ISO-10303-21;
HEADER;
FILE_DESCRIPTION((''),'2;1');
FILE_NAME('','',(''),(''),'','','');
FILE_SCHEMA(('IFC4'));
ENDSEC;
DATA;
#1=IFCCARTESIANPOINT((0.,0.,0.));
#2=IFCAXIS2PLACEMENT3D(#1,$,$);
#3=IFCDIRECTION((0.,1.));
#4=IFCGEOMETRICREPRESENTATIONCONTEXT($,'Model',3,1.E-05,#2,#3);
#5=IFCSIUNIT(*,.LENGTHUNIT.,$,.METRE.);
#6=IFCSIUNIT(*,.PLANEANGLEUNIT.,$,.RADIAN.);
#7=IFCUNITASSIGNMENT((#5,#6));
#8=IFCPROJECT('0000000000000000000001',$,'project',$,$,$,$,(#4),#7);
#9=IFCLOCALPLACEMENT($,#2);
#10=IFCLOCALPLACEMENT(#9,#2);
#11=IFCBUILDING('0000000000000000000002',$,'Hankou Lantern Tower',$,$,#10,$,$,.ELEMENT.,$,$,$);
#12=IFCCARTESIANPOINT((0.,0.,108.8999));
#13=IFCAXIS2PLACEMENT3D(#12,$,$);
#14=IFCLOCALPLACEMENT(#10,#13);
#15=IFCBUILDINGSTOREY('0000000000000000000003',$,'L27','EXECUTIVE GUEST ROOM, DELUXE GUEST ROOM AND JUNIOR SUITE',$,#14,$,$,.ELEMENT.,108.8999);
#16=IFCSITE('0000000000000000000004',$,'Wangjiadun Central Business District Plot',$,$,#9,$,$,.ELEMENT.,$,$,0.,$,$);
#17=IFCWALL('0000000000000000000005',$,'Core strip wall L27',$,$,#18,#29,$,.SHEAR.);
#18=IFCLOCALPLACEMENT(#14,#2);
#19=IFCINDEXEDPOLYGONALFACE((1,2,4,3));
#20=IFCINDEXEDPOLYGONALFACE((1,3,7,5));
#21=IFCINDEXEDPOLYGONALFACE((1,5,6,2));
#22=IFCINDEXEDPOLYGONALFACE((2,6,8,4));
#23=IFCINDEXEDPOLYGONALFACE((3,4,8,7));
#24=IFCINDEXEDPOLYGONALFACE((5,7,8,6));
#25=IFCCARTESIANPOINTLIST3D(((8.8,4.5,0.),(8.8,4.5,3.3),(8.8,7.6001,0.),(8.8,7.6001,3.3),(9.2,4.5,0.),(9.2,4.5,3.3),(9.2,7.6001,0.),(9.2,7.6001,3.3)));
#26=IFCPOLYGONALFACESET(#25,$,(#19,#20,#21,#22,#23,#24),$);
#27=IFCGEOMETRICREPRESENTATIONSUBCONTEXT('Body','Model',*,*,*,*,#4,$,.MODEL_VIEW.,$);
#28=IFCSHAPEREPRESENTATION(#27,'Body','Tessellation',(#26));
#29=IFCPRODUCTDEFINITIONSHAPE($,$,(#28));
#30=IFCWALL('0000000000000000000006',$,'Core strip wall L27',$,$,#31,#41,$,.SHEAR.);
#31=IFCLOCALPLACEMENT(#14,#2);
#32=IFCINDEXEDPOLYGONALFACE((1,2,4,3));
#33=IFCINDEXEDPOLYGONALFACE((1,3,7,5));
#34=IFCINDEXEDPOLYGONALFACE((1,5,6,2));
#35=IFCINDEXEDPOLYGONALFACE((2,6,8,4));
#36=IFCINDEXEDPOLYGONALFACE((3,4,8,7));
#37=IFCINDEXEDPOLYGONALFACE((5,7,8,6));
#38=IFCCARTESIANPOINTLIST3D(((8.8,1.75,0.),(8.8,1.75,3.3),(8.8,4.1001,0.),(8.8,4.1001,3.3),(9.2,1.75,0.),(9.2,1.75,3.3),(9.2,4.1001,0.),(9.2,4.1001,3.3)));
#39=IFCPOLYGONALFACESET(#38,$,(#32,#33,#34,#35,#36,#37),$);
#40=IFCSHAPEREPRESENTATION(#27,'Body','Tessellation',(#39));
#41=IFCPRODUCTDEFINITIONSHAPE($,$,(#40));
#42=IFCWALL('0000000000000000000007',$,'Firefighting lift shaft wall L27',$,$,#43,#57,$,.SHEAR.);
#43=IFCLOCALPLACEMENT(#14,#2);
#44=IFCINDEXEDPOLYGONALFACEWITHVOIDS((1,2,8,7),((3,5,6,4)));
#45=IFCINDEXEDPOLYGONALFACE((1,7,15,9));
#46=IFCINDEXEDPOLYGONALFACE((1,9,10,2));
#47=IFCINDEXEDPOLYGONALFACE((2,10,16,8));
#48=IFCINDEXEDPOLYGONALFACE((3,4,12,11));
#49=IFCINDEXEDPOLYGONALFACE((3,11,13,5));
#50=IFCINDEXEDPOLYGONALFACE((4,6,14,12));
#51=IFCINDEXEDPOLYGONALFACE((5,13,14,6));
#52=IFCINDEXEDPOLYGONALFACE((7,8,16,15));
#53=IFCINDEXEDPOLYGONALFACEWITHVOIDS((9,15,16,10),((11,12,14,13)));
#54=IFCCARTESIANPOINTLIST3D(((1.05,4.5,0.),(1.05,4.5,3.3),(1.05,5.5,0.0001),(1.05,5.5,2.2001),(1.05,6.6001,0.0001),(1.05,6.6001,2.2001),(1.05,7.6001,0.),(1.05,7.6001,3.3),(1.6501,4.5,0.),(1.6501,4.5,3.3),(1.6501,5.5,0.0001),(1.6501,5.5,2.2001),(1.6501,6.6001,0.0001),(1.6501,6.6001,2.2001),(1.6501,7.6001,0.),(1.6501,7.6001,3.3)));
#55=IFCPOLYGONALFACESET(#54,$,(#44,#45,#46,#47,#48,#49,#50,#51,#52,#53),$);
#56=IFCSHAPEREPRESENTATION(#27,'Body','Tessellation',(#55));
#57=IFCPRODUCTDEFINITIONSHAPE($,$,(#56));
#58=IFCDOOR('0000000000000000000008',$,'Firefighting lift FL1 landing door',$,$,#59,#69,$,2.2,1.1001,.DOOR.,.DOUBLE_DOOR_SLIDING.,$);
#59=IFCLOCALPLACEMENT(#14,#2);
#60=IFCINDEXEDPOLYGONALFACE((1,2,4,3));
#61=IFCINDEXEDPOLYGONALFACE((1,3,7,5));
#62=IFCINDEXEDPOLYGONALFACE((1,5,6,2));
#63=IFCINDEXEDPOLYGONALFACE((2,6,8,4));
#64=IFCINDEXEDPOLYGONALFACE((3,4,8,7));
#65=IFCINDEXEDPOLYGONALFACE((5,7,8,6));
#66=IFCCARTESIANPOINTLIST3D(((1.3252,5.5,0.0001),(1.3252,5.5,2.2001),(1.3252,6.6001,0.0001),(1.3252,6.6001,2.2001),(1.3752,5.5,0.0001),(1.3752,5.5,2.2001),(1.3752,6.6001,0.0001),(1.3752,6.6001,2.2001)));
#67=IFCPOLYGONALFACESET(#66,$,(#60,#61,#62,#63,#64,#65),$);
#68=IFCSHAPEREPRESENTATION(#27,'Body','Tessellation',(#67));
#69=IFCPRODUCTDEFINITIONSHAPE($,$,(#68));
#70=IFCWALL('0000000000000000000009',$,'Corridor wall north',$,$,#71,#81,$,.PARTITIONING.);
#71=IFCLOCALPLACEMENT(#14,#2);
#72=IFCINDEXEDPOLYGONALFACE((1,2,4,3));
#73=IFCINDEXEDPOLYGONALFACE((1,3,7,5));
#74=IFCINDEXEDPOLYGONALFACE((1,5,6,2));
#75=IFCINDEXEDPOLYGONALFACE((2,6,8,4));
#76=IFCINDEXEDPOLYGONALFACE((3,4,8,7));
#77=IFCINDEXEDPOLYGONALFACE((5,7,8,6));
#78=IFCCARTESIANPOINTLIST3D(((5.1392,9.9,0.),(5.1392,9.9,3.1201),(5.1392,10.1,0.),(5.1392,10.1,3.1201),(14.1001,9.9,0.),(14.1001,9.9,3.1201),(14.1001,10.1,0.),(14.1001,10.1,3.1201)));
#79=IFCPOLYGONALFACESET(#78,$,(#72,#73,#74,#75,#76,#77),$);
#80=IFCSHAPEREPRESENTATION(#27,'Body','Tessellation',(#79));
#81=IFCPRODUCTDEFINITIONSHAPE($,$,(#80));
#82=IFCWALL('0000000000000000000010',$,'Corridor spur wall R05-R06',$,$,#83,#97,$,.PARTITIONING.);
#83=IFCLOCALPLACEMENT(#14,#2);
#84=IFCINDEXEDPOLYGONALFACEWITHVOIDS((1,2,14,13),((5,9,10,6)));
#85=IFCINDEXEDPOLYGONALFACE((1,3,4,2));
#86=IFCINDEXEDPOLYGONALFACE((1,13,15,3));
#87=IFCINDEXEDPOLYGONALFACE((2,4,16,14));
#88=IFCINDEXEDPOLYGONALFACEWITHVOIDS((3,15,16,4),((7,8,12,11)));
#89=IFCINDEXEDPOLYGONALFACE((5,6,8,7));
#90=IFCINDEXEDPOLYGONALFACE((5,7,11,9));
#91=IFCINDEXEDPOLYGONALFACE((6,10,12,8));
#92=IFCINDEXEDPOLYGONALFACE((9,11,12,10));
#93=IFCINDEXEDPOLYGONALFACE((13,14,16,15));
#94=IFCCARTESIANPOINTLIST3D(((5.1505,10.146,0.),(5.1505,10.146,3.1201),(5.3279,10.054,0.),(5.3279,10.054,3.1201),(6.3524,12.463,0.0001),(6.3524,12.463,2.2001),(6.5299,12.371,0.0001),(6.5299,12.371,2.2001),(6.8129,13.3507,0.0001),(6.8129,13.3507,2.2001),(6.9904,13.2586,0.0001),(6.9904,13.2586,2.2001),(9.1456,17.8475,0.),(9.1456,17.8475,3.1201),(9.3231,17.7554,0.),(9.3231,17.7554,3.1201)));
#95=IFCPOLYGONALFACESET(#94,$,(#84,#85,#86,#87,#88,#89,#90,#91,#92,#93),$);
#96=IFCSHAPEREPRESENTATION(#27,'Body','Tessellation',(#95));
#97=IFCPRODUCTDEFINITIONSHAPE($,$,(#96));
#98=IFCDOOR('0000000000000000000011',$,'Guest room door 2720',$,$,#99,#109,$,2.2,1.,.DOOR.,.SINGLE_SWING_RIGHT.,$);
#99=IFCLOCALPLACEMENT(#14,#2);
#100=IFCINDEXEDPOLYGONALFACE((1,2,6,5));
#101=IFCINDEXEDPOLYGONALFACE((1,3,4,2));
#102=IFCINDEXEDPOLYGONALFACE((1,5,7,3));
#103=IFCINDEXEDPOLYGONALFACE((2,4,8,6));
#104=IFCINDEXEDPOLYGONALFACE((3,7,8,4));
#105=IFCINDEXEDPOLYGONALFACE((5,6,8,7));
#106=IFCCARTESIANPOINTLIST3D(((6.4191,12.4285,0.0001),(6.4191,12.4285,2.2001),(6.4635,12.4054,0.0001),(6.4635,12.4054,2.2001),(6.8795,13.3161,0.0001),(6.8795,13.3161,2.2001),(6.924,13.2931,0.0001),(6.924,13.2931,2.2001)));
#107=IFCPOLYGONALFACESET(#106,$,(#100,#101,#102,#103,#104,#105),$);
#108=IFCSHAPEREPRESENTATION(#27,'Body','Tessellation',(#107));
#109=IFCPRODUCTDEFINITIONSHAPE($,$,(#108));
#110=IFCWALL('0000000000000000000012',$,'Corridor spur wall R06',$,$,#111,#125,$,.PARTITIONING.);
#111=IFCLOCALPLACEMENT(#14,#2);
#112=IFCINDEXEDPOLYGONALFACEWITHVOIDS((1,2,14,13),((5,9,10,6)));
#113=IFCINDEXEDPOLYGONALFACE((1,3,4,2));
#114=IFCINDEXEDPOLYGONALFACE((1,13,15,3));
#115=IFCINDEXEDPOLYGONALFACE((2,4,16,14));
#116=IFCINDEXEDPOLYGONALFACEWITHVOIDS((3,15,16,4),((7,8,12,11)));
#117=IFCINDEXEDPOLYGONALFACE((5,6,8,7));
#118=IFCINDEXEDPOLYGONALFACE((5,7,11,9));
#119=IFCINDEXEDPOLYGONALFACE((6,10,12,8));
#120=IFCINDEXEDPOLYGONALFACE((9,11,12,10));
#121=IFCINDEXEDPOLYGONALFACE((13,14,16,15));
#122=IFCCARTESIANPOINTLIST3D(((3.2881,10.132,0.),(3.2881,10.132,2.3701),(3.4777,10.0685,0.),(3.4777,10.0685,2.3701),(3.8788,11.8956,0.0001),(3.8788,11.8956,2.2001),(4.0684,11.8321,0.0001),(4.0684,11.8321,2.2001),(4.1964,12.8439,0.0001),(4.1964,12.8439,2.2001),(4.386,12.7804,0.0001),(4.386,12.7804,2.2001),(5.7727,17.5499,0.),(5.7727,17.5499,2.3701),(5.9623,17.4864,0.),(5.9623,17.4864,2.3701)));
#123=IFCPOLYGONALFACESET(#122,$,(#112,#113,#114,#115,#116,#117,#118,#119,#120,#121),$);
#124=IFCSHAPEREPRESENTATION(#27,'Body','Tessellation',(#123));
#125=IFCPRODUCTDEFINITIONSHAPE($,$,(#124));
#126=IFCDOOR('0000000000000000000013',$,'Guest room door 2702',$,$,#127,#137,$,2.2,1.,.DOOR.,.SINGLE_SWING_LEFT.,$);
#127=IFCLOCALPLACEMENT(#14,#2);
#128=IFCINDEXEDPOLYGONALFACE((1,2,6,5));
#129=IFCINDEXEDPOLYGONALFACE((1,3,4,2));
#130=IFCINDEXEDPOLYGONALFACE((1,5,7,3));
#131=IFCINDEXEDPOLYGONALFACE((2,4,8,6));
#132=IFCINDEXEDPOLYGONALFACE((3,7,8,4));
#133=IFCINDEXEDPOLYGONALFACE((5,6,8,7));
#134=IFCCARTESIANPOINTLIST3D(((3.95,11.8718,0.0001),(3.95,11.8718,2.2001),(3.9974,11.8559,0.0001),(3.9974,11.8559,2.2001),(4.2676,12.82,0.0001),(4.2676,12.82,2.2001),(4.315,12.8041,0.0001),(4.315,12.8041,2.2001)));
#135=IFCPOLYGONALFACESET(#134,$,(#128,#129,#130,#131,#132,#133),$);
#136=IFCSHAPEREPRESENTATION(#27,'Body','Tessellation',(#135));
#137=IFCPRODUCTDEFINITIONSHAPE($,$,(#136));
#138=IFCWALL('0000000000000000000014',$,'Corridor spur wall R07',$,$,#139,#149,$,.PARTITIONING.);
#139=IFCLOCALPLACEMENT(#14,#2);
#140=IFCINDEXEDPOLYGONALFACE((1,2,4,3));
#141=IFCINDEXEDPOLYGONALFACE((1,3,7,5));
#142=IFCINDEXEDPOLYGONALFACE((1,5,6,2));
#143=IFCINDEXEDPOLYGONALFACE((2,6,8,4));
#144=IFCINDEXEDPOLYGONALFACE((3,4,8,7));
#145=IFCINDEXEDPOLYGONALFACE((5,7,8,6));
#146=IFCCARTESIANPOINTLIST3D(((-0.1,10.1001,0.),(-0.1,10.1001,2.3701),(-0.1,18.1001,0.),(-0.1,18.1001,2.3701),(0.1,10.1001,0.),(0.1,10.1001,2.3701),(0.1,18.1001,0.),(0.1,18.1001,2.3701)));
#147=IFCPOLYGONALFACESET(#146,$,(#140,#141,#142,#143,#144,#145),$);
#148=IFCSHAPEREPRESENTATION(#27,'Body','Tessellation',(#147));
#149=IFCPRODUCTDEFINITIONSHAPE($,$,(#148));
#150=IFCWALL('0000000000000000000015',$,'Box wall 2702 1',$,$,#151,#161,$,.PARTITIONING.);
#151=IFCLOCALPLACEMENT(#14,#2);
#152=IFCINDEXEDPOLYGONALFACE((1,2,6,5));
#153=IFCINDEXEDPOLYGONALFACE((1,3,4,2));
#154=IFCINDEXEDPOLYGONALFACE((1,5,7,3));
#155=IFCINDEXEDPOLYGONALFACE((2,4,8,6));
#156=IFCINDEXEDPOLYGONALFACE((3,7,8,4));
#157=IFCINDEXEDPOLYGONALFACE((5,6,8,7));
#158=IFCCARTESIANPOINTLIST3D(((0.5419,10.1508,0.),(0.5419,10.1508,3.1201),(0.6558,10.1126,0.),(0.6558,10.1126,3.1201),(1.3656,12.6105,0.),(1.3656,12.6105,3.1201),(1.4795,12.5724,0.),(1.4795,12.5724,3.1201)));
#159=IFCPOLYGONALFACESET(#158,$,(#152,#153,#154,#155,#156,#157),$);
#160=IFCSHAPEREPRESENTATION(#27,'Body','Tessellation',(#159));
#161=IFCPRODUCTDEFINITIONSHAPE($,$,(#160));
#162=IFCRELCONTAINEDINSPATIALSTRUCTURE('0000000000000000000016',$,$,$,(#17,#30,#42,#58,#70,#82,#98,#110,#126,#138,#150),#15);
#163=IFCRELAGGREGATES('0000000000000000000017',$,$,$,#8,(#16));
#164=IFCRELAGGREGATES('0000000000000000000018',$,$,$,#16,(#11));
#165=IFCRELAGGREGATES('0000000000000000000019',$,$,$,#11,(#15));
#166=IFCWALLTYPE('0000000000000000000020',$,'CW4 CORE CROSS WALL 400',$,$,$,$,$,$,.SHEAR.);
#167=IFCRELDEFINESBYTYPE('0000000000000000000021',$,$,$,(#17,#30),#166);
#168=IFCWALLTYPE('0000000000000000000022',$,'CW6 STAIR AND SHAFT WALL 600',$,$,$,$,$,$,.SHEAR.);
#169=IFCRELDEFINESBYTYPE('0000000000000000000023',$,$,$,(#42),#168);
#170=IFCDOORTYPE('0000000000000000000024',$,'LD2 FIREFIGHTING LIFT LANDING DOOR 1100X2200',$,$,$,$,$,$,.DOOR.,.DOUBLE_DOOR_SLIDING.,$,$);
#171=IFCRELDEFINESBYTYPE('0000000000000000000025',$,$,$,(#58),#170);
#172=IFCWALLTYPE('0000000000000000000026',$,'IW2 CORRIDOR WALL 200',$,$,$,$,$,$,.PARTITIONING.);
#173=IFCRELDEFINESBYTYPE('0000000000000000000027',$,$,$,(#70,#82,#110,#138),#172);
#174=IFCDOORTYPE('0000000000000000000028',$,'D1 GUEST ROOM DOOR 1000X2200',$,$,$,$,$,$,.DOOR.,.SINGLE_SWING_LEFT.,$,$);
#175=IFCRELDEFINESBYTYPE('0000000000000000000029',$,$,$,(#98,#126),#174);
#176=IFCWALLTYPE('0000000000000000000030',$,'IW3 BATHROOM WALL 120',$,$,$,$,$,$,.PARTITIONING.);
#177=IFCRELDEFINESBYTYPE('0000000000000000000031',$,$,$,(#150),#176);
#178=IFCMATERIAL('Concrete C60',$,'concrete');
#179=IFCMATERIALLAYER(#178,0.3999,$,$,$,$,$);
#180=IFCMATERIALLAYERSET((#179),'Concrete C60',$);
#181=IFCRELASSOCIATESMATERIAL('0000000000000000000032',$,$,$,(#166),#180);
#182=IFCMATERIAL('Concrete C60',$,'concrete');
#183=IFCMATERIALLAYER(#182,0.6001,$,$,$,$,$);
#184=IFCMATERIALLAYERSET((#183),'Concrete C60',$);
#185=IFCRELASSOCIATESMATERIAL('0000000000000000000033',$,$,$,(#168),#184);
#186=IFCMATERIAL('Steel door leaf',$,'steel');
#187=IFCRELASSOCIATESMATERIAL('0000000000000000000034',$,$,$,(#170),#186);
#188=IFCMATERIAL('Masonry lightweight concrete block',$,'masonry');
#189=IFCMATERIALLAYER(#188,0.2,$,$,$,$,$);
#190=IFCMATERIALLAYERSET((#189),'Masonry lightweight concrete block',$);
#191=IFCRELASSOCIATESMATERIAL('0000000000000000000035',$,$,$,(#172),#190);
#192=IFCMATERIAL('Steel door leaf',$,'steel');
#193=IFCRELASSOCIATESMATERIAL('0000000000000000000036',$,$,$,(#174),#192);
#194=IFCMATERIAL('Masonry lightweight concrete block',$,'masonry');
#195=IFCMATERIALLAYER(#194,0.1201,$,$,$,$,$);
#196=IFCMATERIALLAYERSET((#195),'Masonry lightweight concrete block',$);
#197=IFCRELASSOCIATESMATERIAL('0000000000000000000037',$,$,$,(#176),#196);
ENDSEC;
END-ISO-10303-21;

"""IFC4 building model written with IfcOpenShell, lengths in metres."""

from ifc_helpers import new_model, si_unit, direction, frame, frame_2d, origin, place, context, subcontext, project, spatial, rectangle, extrude, material, layer, layer_set, type_object, element, fill, save


model = new_model("IFC4")

# Units and contexts
model_context = context("Model", 3, precision=1e-05, world=origin(), true_north=direction((0.0, 1.0)))
body_context = subcontext(model_context, "Body", "Model", "MODEL_VIEW")
ifc_project = project(units=[si_unit("LENGTHUNIT", "METRE"), si_unit("PLANEANGLEUNIT", "RADIAN")], contexts=[model_context])

# Site, building, storey
site_placement = place(None, origin())
site = spatial("IfcSite", under=ifc_project, at=site_placement, Name="Wangjiadun Central Business District Plot", CompositionType="ELEMENT", RefElevation=0.0)
building_placement = place(site_placement, origin())
building = spatial("IfcBuilding", under=site, at=building_placement, Name="Hankou Lantern Tower", CompositionType="ELEMENT")
storey_placement = place(building_placement, frame((0.0, 0.0, 108.8999)))
storey = spatial("IfcBuildingStorey", under=building, at=storey_placement, Name="L27", Description="EXECUTIVE GUEST ROOM, DELUXE GUEST ROOM AND JUNIOR SUITE", CompositionType="ELEMENT", Elevation=108.8999)

# Walls
ifc_material_1 = material(Name="Concrete C60", Category="concrete")
ifc_layer_1 = layer(ifc_material_1, 0.3999)
ifc_layer_set_1 = layer_set([ifc_layer_1], Name="Concrete C60")
wall_type_1 = type_object("IfcWallType", Name="CW4 CORE CROSS WALL 400", PredefinedType="SHEAR", material=ifc_layer_set_1)
wall_1_placement = place(storey_placement, frame((9.0, 4.5, 0.0), z_axis=(0.0, 0.0, 1.0), x_axis=(0.0, 1.0, 0.0)))
element("IfcWall", 1, at=wall_1_placement, inside=storey, type_object=wall_type_1, Name="Core strip wall L27", PredefinedType="SHEAR", context=body_context, shape_type="SweptSolid", body=[
    extrude(rectangle(XDim=3.1001, YDim=0.3999, at=frame_2d((1.55, 0.0))), origin(), (0.0, 0.0, 1.0), 3.3),
])
wall_2_placement = place(storey_placement, frame((9.0, 1.75, 0.0), z_axis=(0.0, 0.0, 1.0), x_axis=(0.0, 1.0, 0.0)))
element("IfcWall", 2, at=wall_2_placement, inside=storey, type_object=wall_type_1, Name="Core strip wall L27", PredefinedType="SHEAR", context=body_context, shape_type="SweptSolid", body=[
    extrude(rectangle(XDim=2.3501, YDim=0.3999, at=frame_2d((1.175, 0.0))), origin(), (0.0, 0.0, 1.0), 3.3),
])

# Wall, opening, door
ifc_material_2 = material(Name="Concrete C60", Category="concrete")
ifc_layer_2 = layer(ifc_material_2, 0.6001)
ifc_layer_set_2 = layer_set([ifc_layer_2], Name="Concrete C60")
wall_type_2 = type_object("IfcWallType", Name="CW6 STAIR AND SHAFT WALL 600", PredefinedType="SHEAR", material=ifc_layer_set_2)
wall_3_placement = place(storey_placement, frame((1.3501, 4.5, 0.0), z_axis=(0.0, 0.0, 1.0), x_axis=(0.0, 1.0, 0.0)))
wall_3 = element("IfcWall", 3, at=wall_3_placement, inside=storey, type_object=wall_type_2, Name="Firefighting lift shaft wall L27", PredefinedType="SHEAR", context=body_context, shape_type="SweptSolid", body=[
    extrude(rectangle(XDim=3.1001, YDim=0.6001, at=frame_2d((1.55, 0.0))), origin(), (0.0, 0.0, 1.0), 3.3),
])
opening_1_placement = place(wall_3_placement, frame((1.0, 0.0, 0.0)))
opening_1 = element("IfcOpeningElement", 4, at=opening_1_placement, cuts=wall_3, PredefinedType="OPENING", context=body_context, shape_type="SweptSolid", body=[
    extrude(rectangle(XDim=1.1001, YDim=2.2, at=frame_2d((0.55, 1.1001))), frame((0.0, 0.3101, 0.0), z_axis=(0.0, -1.0, 0.0), x_axis=(1.0, 0.0, 0.0)), (0.0, 0.0, 1.0), 0.6201),
])
ifc_material_3 = material(Name="Steel door leaf", Category="steel")
door_type_1 = type_object("IfcDoorType", Name="LD2 FIREFIGHTING LIFT LANDING DOOR 1100X2200", OperationType="DOUBLE_DOOR_SLIDING", PredefinedType="DOOR", material=ifc_material_3)
door_1_placement = place(opening_1_placement, origin())
door_1 = element("IfcDoor", 5, at=door_1_placement, inside=storey, type_object=door_type_1, Name="Firefighting lift FL1 landing door", OperationType="DOUBLE_DOOR_SLIDING", OverallHeight=2.2, OverallWidth=1.1001, PredefinedType="DOOR", context=body_context, shape_type="SweptSolid", body=[
    extrude(rectangle(XDim=1.1001, YDim=2.2, at=frame_2d((0.55, 1.1001))), frame((0.0, 0.0249, 0.0), z_axis=(0.0, -1.0, 0.0), x_axis=(1.0, 0.0, 0.0)), (0.0, 0.0, 1.0), 0.05),
])
fill(opening_1, door_1)

# Wall
ifc_material_4 = material(Name="Masonry lightweight concrete block", Category="masonry")
ifc_layer_3 = layer(ifc_material_4, 0.2)
ifc_layer_set_3 = layer_set([ifc_layer_3], Name="Masonry lightweight concrete block")
wall_type_3 = type_object("IfcWallType", Name="IW2 CORRIDOR WALL 200", PredefinedType="PARTITIONING", material=ifc_layer_set_3)
wall_4_placement = place(storey_placement, frame((5.1392, 10.0, 0.0), z_axis=(0.0, 0.0, 1.0), x_axis=(1.0, 0.0, 0.0)))
element("IfcWall", 6, at=wall_4_placement, inside=storey, type_object=wall_type_3, Name="Corridor wall north", PredefinedType="PARTITIONING", context=body_context, shape_type="SweptSolid", body=[
    extrude(rectangle(XDim=8.9609, YDim=0.2, at=frame_2d((4.4805, 0.0))), origin(), (0.0, 0.0, 1.0), 3.1201),
])

# Walls, openings, doors
wall_5_placement = place(storey_placement, frame((5.2393, 10.1001, 0.0), z_axis=(0.0, 0.0, 1.0), x_axis=(0.46048, 0.88767, 0.0)))
wall_5 = element("IfcWall", 7, at=wall_5_placement, inside=storey, type_object=wall_type_3, Name="Corridor spur wall R05-R06", PredefinedType="PARTITIONING", context=body_context, shape_type="SweptSolid", body=[
    extrude(rectangle(XDim=8.676, YDim=0.2, at=frame_2d((4.3379, 0.0))), origin(), (0.0, 0.0, 1.0), 3.1201),
])
opening_2_placement = place(wall_5_placement, frame((2.6101, 0.0, 0.0)))
opening_2 = element("IfcOpeningElement", 8, at=opening_2_placement, cuts=wall_5, PredefinedType="OPENING", context=body_context, shape_type="SweptSolid", body=[
    extrude(rectangle(XDim=1.0, YDim=2.2, at=frame_2d((0.5, 1.1001))), frame((0.0, 0.1099, 0.0), z_axis=(0.0, -1.0, 0.0), x_axis=(1.0, 0.0, 0.0)), (0.0, 0.0, 1.0), 0.22),
])
ifc_material_5 = material(Name="Steel door leaf", Category="steel")
door_type_2 = type_object("IfcDoorType", Name="D1 GUEST ROOM DOOR 1000X2200", OperationType="SINGLE_SWING_LEFT", PredefinedType="DOOR", material=ifc_material_5)
door_2_placement = place(opening_2_placement, origin())
door_2 = element("IfcDoor", 9, at=door_2_placement, inside=storey, type_object=door_type_2, Name="Guest room door 2720", OperationType="SINGLE_SWING_RIGHT", OverallHeight=2.2, OverallWidth=1.0, PredefinedType="DOOR", context=body_context, shape_type="SweptSolid", body=[
    extrude(rectangle(XDim=1.0, YDim=2.2, at=frame_2d((0.5, 1.1001))), frame((0.0, 0.0249, 0.0), z_axis=(0.0, -1.0, 0.0), x_axis=(1.0, 0.0, 0.0)), (0.0, 0.0, 1.0), 0.05),
])
fill(opening_2, door_2)
wall_6_placement = place(storey_placement, frame((3.3828, 10.1001, 0.0), z_axis=(0.0, 0.0, 1.0), x_axis=(0.317604, 0.948224, 0.0)))
wall_6 = element("IfcWall", 10, at=wall_6_placement, inside=storey, type_object=wall_type_3, Name="Corridor spur wall R06", PredefinedType="PARTITIONING", context=body_context, shape_type="SweptSolid", body=[
    extrude(rectangle(XDim=7.823, YDim=0.2, at=frame_2d((3.9116, 0.0))), origin(), (0.0, 0.0, 1.0), 2.3701),
])
opening_3_placement = place(wall_6_placement, frame((1.8601, 0.0, 0.0)))
opening_3 = element("IfcOpeningElement", 11, at=opening_3_placement, cuts=wall_6, PredefinedType="OPENING", context=body_context, shape_type="SweptSolid", body=[
    extrude(rectangle(XDim=1.0, YDim=2.2, at=frame_2d((0.5, 1.1001))), frame((0.0, 0.1099, 0.0), z_axis=(0.0, -1.0, 0.0), x_axis=(1.0, 0.0, 0.0)), (0.0, 0.0, 1.0), 0.22),
])
door_3_placement = place(opening_3_placement, origin())
door_3 = element("IfcDoor", 12, at=door_3_placement, inside=storey, type_object=door_type_2, Name="Guest room door 2702", OperationType="SINGLE_SWING_LEFT", OverallHeight=2.2, OverallWidth=1.0, PredefinedType="DOOR", context=body_context, shape_type="SweptSolid", body=[
    extrude(rectangle(XDim=1.0, YDim=2.2, at=frame_2d((0.5, 1.1001))), frame((0.0, 0.0249, 0.0), z_axis=(0.0, -1.0, 0.0), x_axis=(1.0, 0.0, 0.0)), (0.0, 0.0, 1.0), 0.05),
])
fill(opening_3, door_3)

# Walls
wall_7_placement = place(storey_placement, frame((0.0, 10.1001, 0.0), z_axis=(0.0, 0.0, 1.0), x_axis=(0.0, 1.0, 0.0)))
element("IfcWall", 13, at=wall_7_placement, inside=storey, type_object=wall_type_3, Name="Corridor spur wall R07", PredefinedType="PARTITIONING", context=body_context, shape_type="SweptSolid", body=[
    extrude(rectangle(XDim=8.0, YDim=0.2, at=frame_2d((4.0, 0.0))), origin(), (0.0, 0.0, 1.0), 2.3701),
])
ifc_material_6 = material(Name="Masonry lightweight concrete block", Category="masonry")
ifc_layer_4 = layer(ifc_material_6, 0.1201)
ifc_layer_set_4 = layer_set([ifc_layer_4], Name="Masonry lightweight concrete block")
wall_type_4 = type_object("IfcWallType", Name="IW3 BATHROOM WALL 120", PredefinedType="PARTITIONING", material=ifc_layer_set_4)
wall_8_placement = place(storey_placement, frame((0.5989, 10.1318, 0.0), z_axis=(0.0, 0.0, 1.0), x_axis=(0.317555, 0.94824, 0.0)))
element("IfcWall", 14, at=wall_8_placement, inside=storey, type_object=wall_type_4, Name="Box wall 2702 1", PredefinedType="PARTITIONING", context=body_context, shape_type="SweptSolid", body=[
    extrude(rectangle(XDim=2.594, YDim=0.1201, at=frame_2d((1.2969, 0.0))), origin(), (0.0, 0.0, 1.0), 3.1201),
])

save(model, "model.ifc")
